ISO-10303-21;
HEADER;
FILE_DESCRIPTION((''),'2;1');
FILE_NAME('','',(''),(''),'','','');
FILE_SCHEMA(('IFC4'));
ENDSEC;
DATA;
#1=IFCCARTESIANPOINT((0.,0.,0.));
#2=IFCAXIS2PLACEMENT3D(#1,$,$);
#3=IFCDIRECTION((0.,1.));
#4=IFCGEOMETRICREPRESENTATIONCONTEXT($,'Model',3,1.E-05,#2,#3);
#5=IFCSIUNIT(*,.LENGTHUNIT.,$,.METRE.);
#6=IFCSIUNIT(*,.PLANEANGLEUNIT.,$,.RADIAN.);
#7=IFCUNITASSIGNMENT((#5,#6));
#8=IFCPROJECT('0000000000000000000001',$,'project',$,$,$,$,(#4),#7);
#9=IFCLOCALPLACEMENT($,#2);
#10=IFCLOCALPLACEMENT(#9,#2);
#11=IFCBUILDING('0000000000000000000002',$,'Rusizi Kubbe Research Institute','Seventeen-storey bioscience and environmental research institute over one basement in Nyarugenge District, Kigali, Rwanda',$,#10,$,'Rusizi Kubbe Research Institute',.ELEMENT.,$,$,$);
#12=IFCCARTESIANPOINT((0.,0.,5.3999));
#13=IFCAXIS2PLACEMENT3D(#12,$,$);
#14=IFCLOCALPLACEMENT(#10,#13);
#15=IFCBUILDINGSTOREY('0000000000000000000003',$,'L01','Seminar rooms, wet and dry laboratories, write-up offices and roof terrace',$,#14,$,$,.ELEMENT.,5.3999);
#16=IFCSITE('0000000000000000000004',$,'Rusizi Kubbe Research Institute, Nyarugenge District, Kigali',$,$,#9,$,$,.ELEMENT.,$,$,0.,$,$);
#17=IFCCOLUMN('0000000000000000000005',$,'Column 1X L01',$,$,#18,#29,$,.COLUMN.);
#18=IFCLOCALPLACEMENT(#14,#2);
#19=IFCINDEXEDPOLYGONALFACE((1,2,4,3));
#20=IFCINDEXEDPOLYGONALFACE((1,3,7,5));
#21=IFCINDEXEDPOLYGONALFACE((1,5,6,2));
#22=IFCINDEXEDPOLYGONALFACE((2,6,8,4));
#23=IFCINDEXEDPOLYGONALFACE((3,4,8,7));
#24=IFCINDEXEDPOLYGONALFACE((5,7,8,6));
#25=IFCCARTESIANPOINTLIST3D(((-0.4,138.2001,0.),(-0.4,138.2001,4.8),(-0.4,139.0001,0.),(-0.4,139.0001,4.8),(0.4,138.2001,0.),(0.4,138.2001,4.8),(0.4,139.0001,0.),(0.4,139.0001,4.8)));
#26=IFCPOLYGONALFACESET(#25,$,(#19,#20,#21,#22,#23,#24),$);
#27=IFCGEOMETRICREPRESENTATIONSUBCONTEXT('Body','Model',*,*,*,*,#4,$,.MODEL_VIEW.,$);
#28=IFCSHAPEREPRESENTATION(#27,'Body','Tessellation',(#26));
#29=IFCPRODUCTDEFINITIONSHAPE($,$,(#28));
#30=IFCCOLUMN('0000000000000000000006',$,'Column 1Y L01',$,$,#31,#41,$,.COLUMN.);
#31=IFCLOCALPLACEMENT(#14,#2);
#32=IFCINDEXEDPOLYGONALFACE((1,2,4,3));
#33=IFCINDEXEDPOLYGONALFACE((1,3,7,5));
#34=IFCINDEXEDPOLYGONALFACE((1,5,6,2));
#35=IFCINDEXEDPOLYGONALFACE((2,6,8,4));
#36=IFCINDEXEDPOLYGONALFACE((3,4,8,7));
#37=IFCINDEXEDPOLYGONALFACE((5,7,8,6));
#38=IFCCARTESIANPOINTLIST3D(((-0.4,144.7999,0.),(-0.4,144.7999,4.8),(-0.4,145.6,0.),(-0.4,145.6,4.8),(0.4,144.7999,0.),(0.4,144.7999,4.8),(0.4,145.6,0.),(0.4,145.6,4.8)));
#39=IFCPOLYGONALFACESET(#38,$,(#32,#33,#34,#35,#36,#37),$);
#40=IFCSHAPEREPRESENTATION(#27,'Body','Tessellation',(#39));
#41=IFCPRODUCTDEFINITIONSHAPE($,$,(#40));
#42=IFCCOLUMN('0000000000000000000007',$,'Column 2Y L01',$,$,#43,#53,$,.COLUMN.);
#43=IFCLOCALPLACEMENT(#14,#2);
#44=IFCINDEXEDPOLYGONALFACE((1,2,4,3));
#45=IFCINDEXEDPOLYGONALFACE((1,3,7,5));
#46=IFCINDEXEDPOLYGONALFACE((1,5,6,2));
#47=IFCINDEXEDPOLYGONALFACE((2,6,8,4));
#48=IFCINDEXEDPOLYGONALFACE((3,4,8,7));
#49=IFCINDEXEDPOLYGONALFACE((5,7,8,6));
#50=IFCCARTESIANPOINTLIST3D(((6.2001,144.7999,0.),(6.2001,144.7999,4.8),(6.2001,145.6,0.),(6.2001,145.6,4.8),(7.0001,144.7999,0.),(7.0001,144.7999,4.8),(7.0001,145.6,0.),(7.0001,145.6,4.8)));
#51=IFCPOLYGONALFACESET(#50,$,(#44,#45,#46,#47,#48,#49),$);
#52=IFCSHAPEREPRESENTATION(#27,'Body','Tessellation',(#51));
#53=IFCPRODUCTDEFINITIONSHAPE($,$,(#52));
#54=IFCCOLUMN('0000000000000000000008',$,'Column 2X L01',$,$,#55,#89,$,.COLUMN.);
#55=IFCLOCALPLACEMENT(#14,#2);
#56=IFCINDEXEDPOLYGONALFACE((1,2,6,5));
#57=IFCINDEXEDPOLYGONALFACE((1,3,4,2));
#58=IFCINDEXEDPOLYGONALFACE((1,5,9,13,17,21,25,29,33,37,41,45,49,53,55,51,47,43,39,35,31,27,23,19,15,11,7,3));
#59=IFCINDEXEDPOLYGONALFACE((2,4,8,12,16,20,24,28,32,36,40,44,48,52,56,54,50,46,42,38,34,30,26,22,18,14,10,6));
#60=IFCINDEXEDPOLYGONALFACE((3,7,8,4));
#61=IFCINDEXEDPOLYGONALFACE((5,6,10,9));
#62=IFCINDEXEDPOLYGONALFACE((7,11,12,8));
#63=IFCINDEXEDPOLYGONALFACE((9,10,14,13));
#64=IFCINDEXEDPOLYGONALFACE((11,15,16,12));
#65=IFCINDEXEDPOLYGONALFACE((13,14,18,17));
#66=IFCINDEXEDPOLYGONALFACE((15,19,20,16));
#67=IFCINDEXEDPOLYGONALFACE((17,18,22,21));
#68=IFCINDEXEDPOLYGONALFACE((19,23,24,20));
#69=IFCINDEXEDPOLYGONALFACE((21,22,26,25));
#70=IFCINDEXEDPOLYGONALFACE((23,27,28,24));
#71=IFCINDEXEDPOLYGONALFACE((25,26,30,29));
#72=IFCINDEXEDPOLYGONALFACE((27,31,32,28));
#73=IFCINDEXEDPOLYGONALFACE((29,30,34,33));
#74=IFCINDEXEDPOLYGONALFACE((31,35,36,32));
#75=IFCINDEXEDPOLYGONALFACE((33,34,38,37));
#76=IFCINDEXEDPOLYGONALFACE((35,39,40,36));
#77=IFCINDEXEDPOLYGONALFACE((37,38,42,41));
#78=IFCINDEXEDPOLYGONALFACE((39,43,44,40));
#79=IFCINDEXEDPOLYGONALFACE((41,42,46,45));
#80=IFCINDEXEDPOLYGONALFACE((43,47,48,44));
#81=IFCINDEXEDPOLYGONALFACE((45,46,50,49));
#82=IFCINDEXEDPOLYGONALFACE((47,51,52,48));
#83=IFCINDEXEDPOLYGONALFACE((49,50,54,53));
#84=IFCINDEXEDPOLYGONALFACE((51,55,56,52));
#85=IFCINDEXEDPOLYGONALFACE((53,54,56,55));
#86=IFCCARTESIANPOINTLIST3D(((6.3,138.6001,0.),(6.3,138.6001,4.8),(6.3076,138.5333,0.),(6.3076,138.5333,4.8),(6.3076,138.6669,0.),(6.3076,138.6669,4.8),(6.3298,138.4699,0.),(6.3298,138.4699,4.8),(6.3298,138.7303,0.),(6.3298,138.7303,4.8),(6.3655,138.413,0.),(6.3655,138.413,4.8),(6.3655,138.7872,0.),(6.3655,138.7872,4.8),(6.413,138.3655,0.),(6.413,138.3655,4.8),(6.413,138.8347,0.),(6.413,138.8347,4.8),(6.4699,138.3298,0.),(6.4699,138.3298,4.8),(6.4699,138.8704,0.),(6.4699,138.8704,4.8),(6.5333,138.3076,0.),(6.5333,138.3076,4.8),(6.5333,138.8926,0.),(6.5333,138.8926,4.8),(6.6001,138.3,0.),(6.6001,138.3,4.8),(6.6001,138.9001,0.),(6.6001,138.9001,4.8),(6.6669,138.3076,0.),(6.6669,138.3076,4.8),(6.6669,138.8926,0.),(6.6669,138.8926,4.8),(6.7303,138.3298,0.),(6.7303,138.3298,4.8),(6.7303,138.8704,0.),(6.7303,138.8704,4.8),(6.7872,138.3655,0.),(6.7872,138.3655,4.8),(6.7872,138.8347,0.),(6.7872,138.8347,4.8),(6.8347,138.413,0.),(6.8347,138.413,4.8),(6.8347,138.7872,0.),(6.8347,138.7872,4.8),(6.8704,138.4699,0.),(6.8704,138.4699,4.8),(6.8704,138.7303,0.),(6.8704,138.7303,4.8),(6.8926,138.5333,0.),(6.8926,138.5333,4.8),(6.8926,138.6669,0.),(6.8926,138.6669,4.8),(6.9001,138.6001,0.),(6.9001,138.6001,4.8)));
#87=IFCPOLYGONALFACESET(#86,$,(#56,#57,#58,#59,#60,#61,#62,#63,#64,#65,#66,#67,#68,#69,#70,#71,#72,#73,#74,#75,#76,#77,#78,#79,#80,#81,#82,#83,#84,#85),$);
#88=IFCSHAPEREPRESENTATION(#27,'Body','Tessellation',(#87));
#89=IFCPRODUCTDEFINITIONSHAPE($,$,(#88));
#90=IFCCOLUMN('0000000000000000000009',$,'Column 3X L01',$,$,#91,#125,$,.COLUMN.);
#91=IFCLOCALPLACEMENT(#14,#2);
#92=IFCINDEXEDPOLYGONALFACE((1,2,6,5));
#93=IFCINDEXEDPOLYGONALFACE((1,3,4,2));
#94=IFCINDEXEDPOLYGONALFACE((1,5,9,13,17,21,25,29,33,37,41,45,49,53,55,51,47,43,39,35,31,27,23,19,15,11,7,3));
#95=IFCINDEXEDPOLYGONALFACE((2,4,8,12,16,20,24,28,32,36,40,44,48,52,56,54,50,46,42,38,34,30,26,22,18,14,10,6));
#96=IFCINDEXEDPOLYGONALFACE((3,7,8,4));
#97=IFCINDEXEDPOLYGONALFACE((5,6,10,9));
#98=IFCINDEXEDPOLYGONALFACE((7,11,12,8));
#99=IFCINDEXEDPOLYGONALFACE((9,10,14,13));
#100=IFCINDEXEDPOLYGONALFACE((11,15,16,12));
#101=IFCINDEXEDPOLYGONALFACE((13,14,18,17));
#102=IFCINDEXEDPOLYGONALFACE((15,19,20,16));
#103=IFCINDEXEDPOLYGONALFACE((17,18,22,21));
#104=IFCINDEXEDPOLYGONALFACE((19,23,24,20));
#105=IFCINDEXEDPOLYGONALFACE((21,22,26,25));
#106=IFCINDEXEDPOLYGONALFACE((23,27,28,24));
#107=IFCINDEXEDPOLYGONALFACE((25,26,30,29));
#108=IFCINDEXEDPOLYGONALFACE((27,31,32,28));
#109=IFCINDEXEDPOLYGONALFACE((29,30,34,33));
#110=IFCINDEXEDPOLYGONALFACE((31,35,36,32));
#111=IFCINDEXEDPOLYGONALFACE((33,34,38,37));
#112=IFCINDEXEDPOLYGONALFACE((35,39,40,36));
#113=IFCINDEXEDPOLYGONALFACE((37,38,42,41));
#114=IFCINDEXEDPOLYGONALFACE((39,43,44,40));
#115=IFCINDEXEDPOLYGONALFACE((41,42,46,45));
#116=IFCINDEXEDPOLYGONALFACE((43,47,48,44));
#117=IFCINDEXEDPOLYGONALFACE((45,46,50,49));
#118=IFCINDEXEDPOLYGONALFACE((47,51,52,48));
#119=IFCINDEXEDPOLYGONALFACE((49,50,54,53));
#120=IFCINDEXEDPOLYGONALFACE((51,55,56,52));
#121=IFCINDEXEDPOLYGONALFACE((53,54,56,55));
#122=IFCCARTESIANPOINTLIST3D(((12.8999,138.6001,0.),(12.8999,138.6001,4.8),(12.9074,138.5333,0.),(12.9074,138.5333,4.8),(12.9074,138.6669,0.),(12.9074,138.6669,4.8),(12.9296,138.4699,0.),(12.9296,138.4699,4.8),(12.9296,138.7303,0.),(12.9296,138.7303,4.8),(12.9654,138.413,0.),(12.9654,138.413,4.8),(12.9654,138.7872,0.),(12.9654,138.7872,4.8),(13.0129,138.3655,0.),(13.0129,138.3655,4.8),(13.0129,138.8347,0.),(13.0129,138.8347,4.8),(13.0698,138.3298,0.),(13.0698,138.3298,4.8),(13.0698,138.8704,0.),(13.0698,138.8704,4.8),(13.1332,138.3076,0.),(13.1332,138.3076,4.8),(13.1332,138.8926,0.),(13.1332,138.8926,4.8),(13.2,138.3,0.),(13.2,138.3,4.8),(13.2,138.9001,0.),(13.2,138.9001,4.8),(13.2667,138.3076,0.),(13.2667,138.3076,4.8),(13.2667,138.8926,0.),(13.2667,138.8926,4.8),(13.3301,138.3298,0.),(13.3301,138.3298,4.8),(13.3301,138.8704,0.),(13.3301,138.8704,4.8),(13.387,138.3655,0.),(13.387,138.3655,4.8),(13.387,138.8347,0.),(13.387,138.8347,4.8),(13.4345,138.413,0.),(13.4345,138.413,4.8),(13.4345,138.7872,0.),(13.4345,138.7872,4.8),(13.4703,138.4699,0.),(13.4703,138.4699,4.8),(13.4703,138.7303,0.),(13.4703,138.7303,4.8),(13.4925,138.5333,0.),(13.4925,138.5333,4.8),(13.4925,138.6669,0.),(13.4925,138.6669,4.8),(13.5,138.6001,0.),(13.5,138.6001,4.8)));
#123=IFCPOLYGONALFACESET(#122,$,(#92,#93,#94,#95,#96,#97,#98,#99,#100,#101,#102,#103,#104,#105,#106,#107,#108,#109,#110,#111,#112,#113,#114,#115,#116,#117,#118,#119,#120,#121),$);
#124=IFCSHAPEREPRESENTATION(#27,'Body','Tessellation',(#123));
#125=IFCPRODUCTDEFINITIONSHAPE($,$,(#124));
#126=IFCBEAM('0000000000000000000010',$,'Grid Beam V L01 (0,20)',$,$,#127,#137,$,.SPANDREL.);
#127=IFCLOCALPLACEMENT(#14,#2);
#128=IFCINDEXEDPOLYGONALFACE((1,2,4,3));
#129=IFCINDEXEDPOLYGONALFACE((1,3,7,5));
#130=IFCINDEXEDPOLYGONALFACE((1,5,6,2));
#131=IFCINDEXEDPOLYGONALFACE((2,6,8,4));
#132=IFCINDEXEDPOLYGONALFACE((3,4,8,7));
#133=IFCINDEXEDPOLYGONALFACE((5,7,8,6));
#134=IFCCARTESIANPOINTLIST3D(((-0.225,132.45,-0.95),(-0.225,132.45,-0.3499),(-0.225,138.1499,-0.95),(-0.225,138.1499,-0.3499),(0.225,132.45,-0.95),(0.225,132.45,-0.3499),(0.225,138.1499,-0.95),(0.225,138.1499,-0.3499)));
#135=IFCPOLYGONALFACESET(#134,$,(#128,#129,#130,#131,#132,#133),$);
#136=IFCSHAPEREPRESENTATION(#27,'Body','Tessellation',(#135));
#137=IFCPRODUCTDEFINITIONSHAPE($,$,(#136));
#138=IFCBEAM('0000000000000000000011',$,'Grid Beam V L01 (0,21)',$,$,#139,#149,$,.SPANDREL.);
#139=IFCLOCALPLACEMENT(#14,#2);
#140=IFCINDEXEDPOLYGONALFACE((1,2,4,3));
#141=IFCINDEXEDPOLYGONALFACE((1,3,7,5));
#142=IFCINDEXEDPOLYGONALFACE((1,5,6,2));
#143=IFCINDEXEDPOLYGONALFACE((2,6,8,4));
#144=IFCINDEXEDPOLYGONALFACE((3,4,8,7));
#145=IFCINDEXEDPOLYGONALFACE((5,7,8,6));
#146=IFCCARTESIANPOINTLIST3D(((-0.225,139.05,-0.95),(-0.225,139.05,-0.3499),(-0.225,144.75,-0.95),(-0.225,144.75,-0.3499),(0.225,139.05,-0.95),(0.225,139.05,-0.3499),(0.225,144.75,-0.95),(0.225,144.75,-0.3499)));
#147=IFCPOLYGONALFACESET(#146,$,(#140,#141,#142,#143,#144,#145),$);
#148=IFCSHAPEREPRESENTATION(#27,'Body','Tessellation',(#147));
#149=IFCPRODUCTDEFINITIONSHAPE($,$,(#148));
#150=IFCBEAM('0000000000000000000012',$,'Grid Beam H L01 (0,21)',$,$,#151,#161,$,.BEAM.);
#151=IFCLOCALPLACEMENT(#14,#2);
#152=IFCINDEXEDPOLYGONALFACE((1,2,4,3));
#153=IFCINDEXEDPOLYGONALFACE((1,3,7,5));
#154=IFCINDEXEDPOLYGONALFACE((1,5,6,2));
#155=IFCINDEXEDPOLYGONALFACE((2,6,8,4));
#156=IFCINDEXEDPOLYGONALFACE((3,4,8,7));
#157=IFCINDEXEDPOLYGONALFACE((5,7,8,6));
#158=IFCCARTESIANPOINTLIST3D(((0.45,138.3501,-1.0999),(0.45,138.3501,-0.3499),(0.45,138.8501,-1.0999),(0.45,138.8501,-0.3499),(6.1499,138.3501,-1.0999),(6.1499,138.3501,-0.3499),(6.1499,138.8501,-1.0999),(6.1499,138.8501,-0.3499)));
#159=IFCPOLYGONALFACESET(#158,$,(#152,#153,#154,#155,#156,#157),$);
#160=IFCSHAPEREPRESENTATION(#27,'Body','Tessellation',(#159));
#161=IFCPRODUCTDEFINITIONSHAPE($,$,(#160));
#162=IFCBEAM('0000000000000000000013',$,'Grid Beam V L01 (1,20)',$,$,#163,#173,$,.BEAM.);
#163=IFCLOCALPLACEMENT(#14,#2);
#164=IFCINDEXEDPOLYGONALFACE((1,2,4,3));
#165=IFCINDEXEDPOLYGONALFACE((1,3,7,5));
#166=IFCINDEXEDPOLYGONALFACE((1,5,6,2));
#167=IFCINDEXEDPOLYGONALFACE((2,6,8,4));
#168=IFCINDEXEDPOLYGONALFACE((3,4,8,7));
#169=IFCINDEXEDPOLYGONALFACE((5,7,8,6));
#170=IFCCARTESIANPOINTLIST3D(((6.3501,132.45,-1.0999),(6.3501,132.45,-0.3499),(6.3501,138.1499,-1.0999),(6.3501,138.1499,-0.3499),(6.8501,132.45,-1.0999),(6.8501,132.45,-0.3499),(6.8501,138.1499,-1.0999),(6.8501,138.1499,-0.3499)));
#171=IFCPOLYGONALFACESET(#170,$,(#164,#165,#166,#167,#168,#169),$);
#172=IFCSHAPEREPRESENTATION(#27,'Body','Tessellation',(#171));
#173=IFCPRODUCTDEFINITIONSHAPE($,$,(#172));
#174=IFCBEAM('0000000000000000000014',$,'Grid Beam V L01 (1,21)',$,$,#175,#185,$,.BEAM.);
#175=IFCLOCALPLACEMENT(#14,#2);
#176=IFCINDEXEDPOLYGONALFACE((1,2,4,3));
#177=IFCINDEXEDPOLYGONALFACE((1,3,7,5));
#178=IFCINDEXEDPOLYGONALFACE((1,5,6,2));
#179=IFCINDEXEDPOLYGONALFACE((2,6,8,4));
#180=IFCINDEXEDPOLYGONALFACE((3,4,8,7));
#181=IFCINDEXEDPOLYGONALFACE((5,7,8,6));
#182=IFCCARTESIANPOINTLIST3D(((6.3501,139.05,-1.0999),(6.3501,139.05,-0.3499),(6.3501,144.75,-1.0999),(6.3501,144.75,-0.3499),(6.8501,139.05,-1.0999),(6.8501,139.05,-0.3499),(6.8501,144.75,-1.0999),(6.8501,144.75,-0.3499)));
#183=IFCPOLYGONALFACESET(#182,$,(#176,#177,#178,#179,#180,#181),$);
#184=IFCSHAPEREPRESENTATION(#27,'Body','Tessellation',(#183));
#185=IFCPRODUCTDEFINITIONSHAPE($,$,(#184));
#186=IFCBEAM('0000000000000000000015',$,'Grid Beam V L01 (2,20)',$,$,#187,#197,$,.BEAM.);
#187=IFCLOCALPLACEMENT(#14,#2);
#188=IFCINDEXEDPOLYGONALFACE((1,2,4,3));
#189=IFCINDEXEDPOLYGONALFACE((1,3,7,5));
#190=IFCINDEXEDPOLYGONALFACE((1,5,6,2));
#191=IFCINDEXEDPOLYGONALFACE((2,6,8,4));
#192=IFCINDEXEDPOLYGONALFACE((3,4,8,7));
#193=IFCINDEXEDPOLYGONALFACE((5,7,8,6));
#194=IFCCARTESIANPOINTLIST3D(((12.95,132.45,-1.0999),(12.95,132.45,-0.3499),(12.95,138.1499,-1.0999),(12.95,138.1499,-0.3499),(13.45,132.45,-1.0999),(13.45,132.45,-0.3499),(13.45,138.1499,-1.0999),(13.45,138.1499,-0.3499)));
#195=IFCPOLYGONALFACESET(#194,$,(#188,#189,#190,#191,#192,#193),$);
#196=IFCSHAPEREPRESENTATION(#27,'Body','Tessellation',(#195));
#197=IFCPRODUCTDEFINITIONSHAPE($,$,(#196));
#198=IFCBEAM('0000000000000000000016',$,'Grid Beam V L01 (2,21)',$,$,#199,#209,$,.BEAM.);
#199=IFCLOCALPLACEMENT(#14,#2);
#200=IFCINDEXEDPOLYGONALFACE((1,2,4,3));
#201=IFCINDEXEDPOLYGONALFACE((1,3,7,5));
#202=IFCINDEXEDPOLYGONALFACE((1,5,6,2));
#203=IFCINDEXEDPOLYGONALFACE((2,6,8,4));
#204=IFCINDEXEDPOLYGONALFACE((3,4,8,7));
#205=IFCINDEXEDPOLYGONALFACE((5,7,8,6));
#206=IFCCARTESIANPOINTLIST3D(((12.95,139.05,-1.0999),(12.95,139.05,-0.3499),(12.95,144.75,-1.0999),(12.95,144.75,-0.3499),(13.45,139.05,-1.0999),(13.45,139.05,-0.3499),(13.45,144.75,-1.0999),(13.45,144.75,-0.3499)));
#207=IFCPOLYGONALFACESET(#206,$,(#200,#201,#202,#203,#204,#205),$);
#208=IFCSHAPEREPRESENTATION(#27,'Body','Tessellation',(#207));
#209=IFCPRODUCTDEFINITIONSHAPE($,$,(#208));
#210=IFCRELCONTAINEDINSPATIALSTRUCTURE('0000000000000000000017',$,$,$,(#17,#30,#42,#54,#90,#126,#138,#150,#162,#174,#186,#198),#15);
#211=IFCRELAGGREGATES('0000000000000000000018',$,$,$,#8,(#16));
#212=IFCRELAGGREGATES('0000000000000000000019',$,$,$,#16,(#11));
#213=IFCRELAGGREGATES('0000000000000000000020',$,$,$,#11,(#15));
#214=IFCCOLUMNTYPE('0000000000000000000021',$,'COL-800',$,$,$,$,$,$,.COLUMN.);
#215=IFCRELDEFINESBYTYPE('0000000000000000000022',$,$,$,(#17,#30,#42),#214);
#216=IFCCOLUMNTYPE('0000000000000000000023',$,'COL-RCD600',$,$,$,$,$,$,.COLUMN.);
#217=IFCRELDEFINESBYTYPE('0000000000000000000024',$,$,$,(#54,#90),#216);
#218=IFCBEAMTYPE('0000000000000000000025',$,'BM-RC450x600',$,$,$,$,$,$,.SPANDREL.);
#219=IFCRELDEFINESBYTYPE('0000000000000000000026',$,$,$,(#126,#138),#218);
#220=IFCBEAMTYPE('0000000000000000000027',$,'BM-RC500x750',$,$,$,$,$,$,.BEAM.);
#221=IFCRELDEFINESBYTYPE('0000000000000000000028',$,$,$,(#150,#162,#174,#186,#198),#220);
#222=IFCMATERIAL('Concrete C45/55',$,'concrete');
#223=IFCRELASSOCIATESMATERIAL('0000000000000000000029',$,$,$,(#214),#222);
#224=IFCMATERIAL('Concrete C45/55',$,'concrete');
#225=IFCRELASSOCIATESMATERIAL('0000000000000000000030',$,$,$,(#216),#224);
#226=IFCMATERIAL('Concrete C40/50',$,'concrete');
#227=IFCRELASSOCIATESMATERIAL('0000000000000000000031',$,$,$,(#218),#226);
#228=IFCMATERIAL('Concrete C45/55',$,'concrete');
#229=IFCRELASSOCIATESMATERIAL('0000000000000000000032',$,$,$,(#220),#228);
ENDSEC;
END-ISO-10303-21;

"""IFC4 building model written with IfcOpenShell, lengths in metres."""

from ifc_helpers import new_model, si_unit, direction, frame, origin, origin_2d, place, context, subcontext, project, spatial, rectangle, circle, extrude, material, material_profile, profile_set, type_object, element, save


model = new_model("IFC4")

# Units and contexts
model_context = context("Model", 3, precision=1e-05, world=origin(), true_north=direction((0.0, 1.0)))
body_context = subcontext(model_context, "Body", "Model", "MODEL_VIEW")
ifc_project = project(units=[si_unit("LENGTHUNIT", "METRE"), si_unit("PLANEANGLEUNIT", "RADIAN")], contexts=[model_context])

# Site, building, storey
site_placement = place(None, origin())
site = spatial("IfcSite", under=ifc_project, at=site_placement, Name="Rusizi Kubbe Research Institute, Nyarugenge District, Kigali", CompositionType="ELEMENT", RefElevation=0.0)
building_placement = place(site_placement, origin())
building = spatial("IfcBuilding", under=site, at=building_placement, Name="Rusizi Kubbe Research Institute", Description="Seventeen-storey bioscience and environmental research institute over one basement in Nyarugenge District, Kigali, Rwanda", LongName="Rusizi Kubbe Research Institute", CompositionType="ELEMENT")
storey_placement = place(building_placement, frame((0.0, 0.0, 5.3999)))
storey = spatial("IfcBuildingStorey", under=building, at=storey_placement, Name="L01", Description="Seminar rooms, wet and dry laboratories, write-up offices and roof terrace", CompositionType="ELEMENT", Elevation=5.3999)

# Columns
ifc_material_1 = material(Name="Concrete C45/55", Category="concrete")
ifc_material_profile_1 = material_profile(ifc_material_1, rectangle(XDim=0.8, YDim=0.8, at=origin_2d()), Name="RC800x800")
ifc_profile_set_1 = profile_set([ifc_material_profile_1], Name="Concrete C45/55")
column_type_1 = type_object("IfcColumnType", Name="COL-800", PredefinedType="COLUMN", material=ifc_profile_set_1)
for number, where, z_axis, x_axis, name in (
    (1, (0.0, 138.6001, 0.0), (0.0, 0.0, 1.0), (1.0, 0.0, 0.0), "Column 1X L01"),
    (2, (0.0, 145.2, 0.0), (0.0, 0.0, 1.0), (1.0, 0.0, 0.0), "Column 1Y L01"),
    (3, (6.6001, 145.2, 0.0), (0.0, 0.0, 1.0), (1.0, 0.0, 0.0), "Column 2Y L01"),
):
    element("IfcColumn", number, at=place(storey_placement, frame(where, z_axis=z_axis, x_axis=x_axis)), inside=storey, type_object=column_type_1, Name=name, PredefinedType="COLUMN", context=body_context, shape_type="SweptSolid", body=[
        extrude(rectangle(XDim=0.8, YDim=0.8, at=origin_2d()), origin(), (0.0, 0.0, 1.0), 4.8),
    ])
ifc_material_2 = material(Name="Concrete C45/55", Category="concrete")
ifc_material_profile_2 = material_profile(ifc_material_2, circle(Radius=0.3, at=origin_2d()), Name="RCD600")
ifc_profile_set_2 = profile_set([ifc_material_profile_2], Name="Concrete C45/55")
column_type_2 = type_object("IfcColumnType", Name="COL-RCD600", PredefinedType="COLUMN", material=ifc_profile_set_2)
for number, where, z_axis, x_axis, name in (
    (4, (6.6001, 138.6001, 0.0), (0.0, 0.0, 1.0), (1.0, 0.0, 0.0), "Column 2X L01"),
    (5, (13.2, 138.6001, 0.0), (0.0, 0.0, 1.0), (1.0, 0.0, 0.0), "Column 3X L01"),
):
    element("IfcColumn", number, at=place(storey_placement, frame(where, z_axis=z_axis, x_axis=x_axis)), inside=storey, type_object=column_type_2, Name=name, PredefinedType="COLUMN", context=body_context, shape_type="SweptSolid", body=[
        extrude(circle(Radius=0.3, at=origin_2d()), origin(), (0.0, 0.0, 1.0), 4.8),
    ])

# Beams
ifc_material_3 = material(Name="Concrete C40/50", Category="concrete")
ifc_material_profile_3 = material_profile(ifc_material_3, rectangle(XDim=0.45, YDim=0.6001, at=origin_2d()), Name="RC450x600")
ifc_profile_set_3 = profile_set([ifc_material_profile_3], Name="Concrete C40/50")
beam_type_1 = type_object("IfcBeamType", Name="BM-RC450x600", PredefinedType="SPANDREL", material=ifc_profile_set_3)
for number, where, z_axis, x_axis, name in (
    (6, (0.0, 132.45, -0.6499), (0.0, 1.0, 0.0), (-1.0, 0.0, 0.0), "Grid Beam V L01 (0,20)"),
    (7, (0.0, 139.05, -0.6499), (0.0, 1.0, 0.0), (-1.0, 0.0, 0.0), "Grid Beam V L01 (0,21)"),
):
    element("IfcBeam", number, at=place(storey_placement, frame(where, z_axis=z_axis, x_axis=x_axis)), inside=storey, type_object=beam_type_1, Name=name, PredefinedType="SPANDREL", context=body_context, shape_type="SweptSolid", body=[
        extrude(rectangle(XDim=0.45, YDim=0.6001, at=origin_2d()), origin(), (0.0, 0.0, 1.0), 5.7),
    ])
ifc_material_4 = material(Name="Concrete C45/55", Category="concrete")
ifc_material_profile_4 = material_profile(ifc_material_4, rectangle(XDim=0.5, YDim=0.75, at=origin_2d()), Name="RC500x750B")
ifc_profile_set_4 = profile_set([ifc_material_profile_4], Name="Concrete C45/55")
beam_type_2 = type_object("IfcBeamType", Name="BM-RC500x750", PredefinedType="BEAM", material=ifc_profile_set_4)
for number, where, z_axis, x_axis, name in (
    (8, (0.45, 138.6001, -0.7249), (1.0, 0.0, 0.0), (0.0, 1.0, 0.0), "Grid Beam H L01 (0,21)"),
    (9, (6.6001, 132.45, -0.7249), (0.0, 1.0, 0.0), (-1.0, 0.0, 0.0), "Grid Beam V L01 (1,20)"),
    (10, (6.6001, 139.05, -0.7249), (0.0, 1.0, 0.0), (-1.0, 0.0, 0.0), "Grid Beam V L01 (1,21)"),
    (11, (13.2, 132.45, -0.7249), (0.0, 1.0, 0.0), (-1.0, 0.0, 0.0), "Grid Beam V L01 (2,20)"),
    (12, (13.2, 139.05, -0.7249), (0.0, 1.0, 0.0), (-1.0, 0.0, 0.0), "Grid Beam V L01 (2,21)"),
):
    element("IfcBeam", number, at=place(storey_placement, frame(where, z_axis=z_axis, x_axis=x_axis)), inside=storey, type_object=beam_type_2, Name=name, PredefinedType="BEAM", context=body_context, shape_type="SweptSolid", body=[
        extrude(rectangle(XDim=0.5, YDim=0.75, at=origin_2d()), origin(), (0.0, 0.0, 1.0), 5.7),
    ])

save(model, "model.ifc")
